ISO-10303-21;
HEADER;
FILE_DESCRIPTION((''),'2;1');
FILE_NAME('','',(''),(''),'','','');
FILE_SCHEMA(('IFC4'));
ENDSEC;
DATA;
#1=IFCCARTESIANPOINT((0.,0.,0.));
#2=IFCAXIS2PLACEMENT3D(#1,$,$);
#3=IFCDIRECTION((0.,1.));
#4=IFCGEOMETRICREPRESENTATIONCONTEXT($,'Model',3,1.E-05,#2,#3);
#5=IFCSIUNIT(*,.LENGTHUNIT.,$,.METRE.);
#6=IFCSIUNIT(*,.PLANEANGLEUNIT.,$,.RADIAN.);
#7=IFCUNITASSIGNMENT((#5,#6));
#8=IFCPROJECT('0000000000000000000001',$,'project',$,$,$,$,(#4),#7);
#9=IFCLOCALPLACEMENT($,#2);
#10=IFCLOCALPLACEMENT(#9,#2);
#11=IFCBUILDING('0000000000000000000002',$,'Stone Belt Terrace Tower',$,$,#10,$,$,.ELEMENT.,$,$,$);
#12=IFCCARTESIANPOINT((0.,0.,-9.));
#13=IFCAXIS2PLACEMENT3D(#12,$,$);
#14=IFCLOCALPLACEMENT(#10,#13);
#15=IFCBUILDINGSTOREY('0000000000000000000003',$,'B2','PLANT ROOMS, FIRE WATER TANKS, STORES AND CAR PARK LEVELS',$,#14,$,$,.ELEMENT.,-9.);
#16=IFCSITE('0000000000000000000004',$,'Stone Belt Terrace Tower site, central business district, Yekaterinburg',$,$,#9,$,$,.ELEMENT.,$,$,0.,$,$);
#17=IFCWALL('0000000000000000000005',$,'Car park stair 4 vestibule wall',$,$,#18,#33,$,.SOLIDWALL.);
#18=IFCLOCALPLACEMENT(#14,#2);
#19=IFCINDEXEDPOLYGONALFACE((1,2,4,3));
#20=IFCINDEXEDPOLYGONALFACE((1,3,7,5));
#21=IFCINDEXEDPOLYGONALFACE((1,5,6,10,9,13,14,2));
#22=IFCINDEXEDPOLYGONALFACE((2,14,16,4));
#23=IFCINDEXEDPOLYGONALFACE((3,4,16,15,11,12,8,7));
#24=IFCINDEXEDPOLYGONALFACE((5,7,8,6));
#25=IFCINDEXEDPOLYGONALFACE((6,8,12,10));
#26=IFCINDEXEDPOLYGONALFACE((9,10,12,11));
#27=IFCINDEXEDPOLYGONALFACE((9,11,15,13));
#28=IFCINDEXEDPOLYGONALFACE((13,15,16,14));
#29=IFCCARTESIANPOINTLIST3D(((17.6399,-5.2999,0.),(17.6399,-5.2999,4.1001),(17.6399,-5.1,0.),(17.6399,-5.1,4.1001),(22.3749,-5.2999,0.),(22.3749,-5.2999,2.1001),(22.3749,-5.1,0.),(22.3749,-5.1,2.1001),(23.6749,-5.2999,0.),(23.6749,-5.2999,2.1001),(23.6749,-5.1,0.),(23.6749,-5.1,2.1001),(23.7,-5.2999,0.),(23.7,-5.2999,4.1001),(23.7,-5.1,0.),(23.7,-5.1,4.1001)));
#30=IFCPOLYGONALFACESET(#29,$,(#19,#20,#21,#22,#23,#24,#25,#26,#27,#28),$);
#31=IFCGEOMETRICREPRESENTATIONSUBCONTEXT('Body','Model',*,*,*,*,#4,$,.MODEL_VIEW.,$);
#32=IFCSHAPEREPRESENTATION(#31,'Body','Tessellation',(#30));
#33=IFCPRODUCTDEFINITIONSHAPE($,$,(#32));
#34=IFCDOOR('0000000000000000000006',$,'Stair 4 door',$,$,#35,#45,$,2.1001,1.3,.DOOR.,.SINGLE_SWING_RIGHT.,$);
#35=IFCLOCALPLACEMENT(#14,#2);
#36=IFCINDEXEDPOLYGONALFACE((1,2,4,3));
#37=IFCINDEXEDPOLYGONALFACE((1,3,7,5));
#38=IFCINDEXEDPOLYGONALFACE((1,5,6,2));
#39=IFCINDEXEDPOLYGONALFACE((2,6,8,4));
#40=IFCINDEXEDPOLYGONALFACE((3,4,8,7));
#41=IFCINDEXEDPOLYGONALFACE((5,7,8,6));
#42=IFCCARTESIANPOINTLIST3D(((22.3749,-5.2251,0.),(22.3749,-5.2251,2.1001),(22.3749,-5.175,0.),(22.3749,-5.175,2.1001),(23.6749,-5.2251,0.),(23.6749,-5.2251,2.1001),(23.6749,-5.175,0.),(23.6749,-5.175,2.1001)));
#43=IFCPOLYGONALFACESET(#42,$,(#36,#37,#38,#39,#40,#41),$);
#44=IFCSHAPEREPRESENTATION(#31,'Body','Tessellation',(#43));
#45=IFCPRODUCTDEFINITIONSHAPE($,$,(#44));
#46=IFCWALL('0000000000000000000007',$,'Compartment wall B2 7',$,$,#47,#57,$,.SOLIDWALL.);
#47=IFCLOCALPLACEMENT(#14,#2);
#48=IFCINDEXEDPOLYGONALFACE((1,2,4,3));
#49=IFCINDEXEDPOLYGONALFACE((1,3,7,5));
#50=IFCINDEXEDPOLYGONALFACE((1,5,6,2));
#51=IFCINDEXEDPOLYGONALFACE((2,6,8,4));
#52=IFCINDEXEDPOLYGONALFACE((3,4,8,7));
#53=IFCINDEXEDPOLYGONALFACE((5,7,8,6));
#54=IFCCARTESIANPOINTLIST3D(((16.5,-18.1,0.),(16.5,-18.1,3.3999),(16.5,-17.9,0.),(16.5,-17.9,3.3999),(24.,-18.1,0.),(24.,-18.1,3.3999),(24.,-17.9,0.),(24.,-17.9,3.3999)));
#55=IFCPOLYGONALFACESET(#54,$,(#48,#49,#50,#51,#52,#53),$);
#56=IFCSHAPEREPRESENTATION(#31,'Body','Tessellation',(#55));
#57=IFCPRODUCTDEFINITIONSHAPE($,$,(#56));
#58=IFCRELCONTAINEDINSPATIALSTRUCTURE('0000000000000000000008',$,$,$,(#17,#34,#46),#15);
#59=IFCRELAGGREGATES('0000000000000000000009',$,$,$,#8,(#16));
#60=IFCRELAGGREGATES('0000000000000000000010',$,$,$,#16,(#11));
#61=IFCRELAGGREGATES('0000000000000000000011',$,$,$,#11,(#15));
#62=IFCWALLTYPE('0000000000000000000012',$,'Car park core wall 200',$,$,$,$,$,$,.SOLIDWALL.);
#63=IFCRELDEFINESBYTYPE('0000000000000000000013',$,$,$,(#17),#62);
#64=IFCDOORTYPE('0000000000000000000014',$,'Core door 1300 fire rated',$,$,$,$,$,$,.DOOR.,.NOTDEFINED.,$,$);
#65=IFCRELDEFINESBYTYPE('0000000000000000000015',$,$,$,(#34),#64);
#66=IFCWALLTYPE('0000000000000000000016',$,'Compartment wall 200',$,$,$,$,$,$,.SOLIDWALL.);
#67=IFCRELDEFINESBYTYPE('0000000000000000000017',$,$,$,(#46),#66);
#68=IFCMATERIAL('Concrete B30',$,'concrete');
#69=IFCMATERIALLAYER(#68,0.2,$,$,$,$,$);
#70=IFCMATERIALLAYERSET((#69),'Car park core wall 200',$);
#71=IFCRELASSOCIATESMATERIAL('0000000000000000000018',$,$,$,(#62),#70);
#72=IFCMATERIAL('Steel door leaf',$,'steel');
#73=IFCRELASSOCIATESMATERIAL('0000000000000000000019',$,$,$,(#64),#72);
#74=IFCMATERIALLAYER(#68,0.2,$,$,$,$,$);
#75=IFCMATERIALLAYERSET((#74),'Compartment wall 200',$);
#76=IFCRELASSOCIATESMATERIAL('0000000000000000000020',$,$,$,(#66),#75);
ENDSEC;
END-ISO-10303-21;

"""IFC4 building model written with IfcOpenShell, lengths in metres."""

from ifc_helpers import new_model, si_unit, direction, frame, frame_2d, origin, place, context, subcontext, project, spatial, rectangle, extrude, material, layer, layer_set, type_object, element, fill, save


model = new_model("IFC4")

# Units and contexts
model_context = context("Model", 3, precision=1e-05, world=origin(), true_north=direction((0.0, 1.0)))
body_context = subcontext(model_context, "Body", "Model", "MODEL_VIEW")
ifc_project = project(units=[si_unit("LENGTHUNIT", "METRE"), si_unit("PLANEANGLEUNIT", "RADIAN")], contexts=[model_context])

# Site, building, storey
site_placement = place(None, origin())
site = spatial("IfcSite", under=ifc_project, at=site_placement, Name="Stone Belt Terrace Tower site, central business district, Yekaterinburg", CompositionType="ELEMENT", RefElevation=0.0)
building_placement = place(site_placement, origin())
building = spatial("IfcBuilding", under=site, at=building_placement, Name="Stone Belt Terrace Tower", CompositionType="ELEMENT")
storey_placement = place(building_placement, frame((0.0, 0.0, -9.0)))
storey = spatial("IfcBuildingStorey", under=building, at=storey_placement, Name="B2", Description="PLANT ROOMS, FIRE WATER TANKS, STORES AND CAR PARK LEVELS", CompositionType="ELEMENT", Elevation=-9.0)

# Shared definitions
ifc_material_1 = material(Name="Concrete B30", Category="concrete")
ifc_layer_1 = layer(ifc_material_1, 0.2)
ifc_layer_set_1 = layer_set([ifc_layer_1], Name="Car park core wall 200")
wall_type_1 = type_object("IfcWallType", Name="Car park core wall 200", PredefinedType="SOLIDWALL", material=ifc_layer_set_1)
ifc_material_2 = material(Name="Steel door leaf", Category="steel")

# Wall, opening, door
wall_1_placement = place(storey_placement, frame((17.6399, -5.2, 0.0), z_axis=(0.0, 0.0, 1.0), x_axis=(1.0, 0.0, 0.0)))
wall_1 = element("IfcWall", 1, at=wall_1_placement, inside=storey, type_object=wall_type_1, Name="Car park stair 4 vestibule wall", PredefinedType="SOLIDWALL", context=body_context, shape_type="SweptSolid", body=[
    extrude(rectangle(XDim=6.0601, YDim=0.2, at=frame_2d((3.03, 0.0))), origin(), (0.0, 0.0, 1.0), 4.1001),
])
opening_1_placement = place(wall_1_placement, frame((4.7351, 0.0, 0.0)))
opening_1 = element("IfcOpeningElement", 2, at=opening_1_placement, cuts=wall_1, PredefinedType="OPENING", context=body_context, shape_type="SweptSolid", body=[
    extrude(rectangle(XDim=1.3, YDim=2.1001, at=frame_2d((0.6499, 1.05))), frame((0.0, 0.1099, 0.0), z_axis=(0.0, -1.0, 0.0), x_axis=(1.0, 0.0, 0.0)), (0.0, 0.0, 1.0), 0.22),
])
door_type_1 = type_object("IfcDoorType", Name="Core door 1300 fire rated", OperationType="NOTDEFINED", PredefinedType="DOOR", material=ifc_material_2)
door_1_placement = place(opening_1_placement, origin())
door_1 = element("IfcDoor", 3, at=door_1_placement, inside=storey, type_object=door_type_1, Name="Stair 4 door", OperationType="SINGLE_SWING_RIGHT", OverallHeight=2.1001, OverallWidth=1.3, PredefinedType="DOOR", context=body_context, shape_type="SweptSolid", body=[
    extrude(rectangle(XDim=1.3, YDim=2.1001, at=frame_2d((0.6499, 1.05))), frame((0.0, 0.0249, 0.0), z_axis=(0.0, -1.0, 0.0), x_axis=(1.0, 0.0, 0.0)), (0.0, 0.0, 1.0), 0.05),
])
fill(opening_1, door_1)

# Wall
ifc_layer_2 = layer(ifc_material_1, 0.2)
ifc_layer_set_2 = layer_set([ifc_layer_2], Name="Compartment wall 200")
wall_type_2 = type_object("IfcWallType", Name="Compartment wall 200", PredefinedType="SOLIDWALL", material=ifc_layer_set_2)
wall_2_placement = place(storey_placement, frame((16.5, -18.0, 0.0), z_axis=(0.0, 0.0, 1.0), x_axis=(1.0, 0.0, 0.0)))
element("IfcWall", 4, at=wall_2_placement, inside=storey, type_object=wall_type_2, Name="Compartment wall B2 7", PredefinedType="SOLIDWALL", context=body_context, shape_type="SweptSolid", body=[
    extrude(rectangle(XDim=7.5, YDim=0.2, at=frame_2d((3.75, 0.0))), origin(), (0.0, 0.0, 1.0), 3.3999),
])

save(model, "model.ifc")
